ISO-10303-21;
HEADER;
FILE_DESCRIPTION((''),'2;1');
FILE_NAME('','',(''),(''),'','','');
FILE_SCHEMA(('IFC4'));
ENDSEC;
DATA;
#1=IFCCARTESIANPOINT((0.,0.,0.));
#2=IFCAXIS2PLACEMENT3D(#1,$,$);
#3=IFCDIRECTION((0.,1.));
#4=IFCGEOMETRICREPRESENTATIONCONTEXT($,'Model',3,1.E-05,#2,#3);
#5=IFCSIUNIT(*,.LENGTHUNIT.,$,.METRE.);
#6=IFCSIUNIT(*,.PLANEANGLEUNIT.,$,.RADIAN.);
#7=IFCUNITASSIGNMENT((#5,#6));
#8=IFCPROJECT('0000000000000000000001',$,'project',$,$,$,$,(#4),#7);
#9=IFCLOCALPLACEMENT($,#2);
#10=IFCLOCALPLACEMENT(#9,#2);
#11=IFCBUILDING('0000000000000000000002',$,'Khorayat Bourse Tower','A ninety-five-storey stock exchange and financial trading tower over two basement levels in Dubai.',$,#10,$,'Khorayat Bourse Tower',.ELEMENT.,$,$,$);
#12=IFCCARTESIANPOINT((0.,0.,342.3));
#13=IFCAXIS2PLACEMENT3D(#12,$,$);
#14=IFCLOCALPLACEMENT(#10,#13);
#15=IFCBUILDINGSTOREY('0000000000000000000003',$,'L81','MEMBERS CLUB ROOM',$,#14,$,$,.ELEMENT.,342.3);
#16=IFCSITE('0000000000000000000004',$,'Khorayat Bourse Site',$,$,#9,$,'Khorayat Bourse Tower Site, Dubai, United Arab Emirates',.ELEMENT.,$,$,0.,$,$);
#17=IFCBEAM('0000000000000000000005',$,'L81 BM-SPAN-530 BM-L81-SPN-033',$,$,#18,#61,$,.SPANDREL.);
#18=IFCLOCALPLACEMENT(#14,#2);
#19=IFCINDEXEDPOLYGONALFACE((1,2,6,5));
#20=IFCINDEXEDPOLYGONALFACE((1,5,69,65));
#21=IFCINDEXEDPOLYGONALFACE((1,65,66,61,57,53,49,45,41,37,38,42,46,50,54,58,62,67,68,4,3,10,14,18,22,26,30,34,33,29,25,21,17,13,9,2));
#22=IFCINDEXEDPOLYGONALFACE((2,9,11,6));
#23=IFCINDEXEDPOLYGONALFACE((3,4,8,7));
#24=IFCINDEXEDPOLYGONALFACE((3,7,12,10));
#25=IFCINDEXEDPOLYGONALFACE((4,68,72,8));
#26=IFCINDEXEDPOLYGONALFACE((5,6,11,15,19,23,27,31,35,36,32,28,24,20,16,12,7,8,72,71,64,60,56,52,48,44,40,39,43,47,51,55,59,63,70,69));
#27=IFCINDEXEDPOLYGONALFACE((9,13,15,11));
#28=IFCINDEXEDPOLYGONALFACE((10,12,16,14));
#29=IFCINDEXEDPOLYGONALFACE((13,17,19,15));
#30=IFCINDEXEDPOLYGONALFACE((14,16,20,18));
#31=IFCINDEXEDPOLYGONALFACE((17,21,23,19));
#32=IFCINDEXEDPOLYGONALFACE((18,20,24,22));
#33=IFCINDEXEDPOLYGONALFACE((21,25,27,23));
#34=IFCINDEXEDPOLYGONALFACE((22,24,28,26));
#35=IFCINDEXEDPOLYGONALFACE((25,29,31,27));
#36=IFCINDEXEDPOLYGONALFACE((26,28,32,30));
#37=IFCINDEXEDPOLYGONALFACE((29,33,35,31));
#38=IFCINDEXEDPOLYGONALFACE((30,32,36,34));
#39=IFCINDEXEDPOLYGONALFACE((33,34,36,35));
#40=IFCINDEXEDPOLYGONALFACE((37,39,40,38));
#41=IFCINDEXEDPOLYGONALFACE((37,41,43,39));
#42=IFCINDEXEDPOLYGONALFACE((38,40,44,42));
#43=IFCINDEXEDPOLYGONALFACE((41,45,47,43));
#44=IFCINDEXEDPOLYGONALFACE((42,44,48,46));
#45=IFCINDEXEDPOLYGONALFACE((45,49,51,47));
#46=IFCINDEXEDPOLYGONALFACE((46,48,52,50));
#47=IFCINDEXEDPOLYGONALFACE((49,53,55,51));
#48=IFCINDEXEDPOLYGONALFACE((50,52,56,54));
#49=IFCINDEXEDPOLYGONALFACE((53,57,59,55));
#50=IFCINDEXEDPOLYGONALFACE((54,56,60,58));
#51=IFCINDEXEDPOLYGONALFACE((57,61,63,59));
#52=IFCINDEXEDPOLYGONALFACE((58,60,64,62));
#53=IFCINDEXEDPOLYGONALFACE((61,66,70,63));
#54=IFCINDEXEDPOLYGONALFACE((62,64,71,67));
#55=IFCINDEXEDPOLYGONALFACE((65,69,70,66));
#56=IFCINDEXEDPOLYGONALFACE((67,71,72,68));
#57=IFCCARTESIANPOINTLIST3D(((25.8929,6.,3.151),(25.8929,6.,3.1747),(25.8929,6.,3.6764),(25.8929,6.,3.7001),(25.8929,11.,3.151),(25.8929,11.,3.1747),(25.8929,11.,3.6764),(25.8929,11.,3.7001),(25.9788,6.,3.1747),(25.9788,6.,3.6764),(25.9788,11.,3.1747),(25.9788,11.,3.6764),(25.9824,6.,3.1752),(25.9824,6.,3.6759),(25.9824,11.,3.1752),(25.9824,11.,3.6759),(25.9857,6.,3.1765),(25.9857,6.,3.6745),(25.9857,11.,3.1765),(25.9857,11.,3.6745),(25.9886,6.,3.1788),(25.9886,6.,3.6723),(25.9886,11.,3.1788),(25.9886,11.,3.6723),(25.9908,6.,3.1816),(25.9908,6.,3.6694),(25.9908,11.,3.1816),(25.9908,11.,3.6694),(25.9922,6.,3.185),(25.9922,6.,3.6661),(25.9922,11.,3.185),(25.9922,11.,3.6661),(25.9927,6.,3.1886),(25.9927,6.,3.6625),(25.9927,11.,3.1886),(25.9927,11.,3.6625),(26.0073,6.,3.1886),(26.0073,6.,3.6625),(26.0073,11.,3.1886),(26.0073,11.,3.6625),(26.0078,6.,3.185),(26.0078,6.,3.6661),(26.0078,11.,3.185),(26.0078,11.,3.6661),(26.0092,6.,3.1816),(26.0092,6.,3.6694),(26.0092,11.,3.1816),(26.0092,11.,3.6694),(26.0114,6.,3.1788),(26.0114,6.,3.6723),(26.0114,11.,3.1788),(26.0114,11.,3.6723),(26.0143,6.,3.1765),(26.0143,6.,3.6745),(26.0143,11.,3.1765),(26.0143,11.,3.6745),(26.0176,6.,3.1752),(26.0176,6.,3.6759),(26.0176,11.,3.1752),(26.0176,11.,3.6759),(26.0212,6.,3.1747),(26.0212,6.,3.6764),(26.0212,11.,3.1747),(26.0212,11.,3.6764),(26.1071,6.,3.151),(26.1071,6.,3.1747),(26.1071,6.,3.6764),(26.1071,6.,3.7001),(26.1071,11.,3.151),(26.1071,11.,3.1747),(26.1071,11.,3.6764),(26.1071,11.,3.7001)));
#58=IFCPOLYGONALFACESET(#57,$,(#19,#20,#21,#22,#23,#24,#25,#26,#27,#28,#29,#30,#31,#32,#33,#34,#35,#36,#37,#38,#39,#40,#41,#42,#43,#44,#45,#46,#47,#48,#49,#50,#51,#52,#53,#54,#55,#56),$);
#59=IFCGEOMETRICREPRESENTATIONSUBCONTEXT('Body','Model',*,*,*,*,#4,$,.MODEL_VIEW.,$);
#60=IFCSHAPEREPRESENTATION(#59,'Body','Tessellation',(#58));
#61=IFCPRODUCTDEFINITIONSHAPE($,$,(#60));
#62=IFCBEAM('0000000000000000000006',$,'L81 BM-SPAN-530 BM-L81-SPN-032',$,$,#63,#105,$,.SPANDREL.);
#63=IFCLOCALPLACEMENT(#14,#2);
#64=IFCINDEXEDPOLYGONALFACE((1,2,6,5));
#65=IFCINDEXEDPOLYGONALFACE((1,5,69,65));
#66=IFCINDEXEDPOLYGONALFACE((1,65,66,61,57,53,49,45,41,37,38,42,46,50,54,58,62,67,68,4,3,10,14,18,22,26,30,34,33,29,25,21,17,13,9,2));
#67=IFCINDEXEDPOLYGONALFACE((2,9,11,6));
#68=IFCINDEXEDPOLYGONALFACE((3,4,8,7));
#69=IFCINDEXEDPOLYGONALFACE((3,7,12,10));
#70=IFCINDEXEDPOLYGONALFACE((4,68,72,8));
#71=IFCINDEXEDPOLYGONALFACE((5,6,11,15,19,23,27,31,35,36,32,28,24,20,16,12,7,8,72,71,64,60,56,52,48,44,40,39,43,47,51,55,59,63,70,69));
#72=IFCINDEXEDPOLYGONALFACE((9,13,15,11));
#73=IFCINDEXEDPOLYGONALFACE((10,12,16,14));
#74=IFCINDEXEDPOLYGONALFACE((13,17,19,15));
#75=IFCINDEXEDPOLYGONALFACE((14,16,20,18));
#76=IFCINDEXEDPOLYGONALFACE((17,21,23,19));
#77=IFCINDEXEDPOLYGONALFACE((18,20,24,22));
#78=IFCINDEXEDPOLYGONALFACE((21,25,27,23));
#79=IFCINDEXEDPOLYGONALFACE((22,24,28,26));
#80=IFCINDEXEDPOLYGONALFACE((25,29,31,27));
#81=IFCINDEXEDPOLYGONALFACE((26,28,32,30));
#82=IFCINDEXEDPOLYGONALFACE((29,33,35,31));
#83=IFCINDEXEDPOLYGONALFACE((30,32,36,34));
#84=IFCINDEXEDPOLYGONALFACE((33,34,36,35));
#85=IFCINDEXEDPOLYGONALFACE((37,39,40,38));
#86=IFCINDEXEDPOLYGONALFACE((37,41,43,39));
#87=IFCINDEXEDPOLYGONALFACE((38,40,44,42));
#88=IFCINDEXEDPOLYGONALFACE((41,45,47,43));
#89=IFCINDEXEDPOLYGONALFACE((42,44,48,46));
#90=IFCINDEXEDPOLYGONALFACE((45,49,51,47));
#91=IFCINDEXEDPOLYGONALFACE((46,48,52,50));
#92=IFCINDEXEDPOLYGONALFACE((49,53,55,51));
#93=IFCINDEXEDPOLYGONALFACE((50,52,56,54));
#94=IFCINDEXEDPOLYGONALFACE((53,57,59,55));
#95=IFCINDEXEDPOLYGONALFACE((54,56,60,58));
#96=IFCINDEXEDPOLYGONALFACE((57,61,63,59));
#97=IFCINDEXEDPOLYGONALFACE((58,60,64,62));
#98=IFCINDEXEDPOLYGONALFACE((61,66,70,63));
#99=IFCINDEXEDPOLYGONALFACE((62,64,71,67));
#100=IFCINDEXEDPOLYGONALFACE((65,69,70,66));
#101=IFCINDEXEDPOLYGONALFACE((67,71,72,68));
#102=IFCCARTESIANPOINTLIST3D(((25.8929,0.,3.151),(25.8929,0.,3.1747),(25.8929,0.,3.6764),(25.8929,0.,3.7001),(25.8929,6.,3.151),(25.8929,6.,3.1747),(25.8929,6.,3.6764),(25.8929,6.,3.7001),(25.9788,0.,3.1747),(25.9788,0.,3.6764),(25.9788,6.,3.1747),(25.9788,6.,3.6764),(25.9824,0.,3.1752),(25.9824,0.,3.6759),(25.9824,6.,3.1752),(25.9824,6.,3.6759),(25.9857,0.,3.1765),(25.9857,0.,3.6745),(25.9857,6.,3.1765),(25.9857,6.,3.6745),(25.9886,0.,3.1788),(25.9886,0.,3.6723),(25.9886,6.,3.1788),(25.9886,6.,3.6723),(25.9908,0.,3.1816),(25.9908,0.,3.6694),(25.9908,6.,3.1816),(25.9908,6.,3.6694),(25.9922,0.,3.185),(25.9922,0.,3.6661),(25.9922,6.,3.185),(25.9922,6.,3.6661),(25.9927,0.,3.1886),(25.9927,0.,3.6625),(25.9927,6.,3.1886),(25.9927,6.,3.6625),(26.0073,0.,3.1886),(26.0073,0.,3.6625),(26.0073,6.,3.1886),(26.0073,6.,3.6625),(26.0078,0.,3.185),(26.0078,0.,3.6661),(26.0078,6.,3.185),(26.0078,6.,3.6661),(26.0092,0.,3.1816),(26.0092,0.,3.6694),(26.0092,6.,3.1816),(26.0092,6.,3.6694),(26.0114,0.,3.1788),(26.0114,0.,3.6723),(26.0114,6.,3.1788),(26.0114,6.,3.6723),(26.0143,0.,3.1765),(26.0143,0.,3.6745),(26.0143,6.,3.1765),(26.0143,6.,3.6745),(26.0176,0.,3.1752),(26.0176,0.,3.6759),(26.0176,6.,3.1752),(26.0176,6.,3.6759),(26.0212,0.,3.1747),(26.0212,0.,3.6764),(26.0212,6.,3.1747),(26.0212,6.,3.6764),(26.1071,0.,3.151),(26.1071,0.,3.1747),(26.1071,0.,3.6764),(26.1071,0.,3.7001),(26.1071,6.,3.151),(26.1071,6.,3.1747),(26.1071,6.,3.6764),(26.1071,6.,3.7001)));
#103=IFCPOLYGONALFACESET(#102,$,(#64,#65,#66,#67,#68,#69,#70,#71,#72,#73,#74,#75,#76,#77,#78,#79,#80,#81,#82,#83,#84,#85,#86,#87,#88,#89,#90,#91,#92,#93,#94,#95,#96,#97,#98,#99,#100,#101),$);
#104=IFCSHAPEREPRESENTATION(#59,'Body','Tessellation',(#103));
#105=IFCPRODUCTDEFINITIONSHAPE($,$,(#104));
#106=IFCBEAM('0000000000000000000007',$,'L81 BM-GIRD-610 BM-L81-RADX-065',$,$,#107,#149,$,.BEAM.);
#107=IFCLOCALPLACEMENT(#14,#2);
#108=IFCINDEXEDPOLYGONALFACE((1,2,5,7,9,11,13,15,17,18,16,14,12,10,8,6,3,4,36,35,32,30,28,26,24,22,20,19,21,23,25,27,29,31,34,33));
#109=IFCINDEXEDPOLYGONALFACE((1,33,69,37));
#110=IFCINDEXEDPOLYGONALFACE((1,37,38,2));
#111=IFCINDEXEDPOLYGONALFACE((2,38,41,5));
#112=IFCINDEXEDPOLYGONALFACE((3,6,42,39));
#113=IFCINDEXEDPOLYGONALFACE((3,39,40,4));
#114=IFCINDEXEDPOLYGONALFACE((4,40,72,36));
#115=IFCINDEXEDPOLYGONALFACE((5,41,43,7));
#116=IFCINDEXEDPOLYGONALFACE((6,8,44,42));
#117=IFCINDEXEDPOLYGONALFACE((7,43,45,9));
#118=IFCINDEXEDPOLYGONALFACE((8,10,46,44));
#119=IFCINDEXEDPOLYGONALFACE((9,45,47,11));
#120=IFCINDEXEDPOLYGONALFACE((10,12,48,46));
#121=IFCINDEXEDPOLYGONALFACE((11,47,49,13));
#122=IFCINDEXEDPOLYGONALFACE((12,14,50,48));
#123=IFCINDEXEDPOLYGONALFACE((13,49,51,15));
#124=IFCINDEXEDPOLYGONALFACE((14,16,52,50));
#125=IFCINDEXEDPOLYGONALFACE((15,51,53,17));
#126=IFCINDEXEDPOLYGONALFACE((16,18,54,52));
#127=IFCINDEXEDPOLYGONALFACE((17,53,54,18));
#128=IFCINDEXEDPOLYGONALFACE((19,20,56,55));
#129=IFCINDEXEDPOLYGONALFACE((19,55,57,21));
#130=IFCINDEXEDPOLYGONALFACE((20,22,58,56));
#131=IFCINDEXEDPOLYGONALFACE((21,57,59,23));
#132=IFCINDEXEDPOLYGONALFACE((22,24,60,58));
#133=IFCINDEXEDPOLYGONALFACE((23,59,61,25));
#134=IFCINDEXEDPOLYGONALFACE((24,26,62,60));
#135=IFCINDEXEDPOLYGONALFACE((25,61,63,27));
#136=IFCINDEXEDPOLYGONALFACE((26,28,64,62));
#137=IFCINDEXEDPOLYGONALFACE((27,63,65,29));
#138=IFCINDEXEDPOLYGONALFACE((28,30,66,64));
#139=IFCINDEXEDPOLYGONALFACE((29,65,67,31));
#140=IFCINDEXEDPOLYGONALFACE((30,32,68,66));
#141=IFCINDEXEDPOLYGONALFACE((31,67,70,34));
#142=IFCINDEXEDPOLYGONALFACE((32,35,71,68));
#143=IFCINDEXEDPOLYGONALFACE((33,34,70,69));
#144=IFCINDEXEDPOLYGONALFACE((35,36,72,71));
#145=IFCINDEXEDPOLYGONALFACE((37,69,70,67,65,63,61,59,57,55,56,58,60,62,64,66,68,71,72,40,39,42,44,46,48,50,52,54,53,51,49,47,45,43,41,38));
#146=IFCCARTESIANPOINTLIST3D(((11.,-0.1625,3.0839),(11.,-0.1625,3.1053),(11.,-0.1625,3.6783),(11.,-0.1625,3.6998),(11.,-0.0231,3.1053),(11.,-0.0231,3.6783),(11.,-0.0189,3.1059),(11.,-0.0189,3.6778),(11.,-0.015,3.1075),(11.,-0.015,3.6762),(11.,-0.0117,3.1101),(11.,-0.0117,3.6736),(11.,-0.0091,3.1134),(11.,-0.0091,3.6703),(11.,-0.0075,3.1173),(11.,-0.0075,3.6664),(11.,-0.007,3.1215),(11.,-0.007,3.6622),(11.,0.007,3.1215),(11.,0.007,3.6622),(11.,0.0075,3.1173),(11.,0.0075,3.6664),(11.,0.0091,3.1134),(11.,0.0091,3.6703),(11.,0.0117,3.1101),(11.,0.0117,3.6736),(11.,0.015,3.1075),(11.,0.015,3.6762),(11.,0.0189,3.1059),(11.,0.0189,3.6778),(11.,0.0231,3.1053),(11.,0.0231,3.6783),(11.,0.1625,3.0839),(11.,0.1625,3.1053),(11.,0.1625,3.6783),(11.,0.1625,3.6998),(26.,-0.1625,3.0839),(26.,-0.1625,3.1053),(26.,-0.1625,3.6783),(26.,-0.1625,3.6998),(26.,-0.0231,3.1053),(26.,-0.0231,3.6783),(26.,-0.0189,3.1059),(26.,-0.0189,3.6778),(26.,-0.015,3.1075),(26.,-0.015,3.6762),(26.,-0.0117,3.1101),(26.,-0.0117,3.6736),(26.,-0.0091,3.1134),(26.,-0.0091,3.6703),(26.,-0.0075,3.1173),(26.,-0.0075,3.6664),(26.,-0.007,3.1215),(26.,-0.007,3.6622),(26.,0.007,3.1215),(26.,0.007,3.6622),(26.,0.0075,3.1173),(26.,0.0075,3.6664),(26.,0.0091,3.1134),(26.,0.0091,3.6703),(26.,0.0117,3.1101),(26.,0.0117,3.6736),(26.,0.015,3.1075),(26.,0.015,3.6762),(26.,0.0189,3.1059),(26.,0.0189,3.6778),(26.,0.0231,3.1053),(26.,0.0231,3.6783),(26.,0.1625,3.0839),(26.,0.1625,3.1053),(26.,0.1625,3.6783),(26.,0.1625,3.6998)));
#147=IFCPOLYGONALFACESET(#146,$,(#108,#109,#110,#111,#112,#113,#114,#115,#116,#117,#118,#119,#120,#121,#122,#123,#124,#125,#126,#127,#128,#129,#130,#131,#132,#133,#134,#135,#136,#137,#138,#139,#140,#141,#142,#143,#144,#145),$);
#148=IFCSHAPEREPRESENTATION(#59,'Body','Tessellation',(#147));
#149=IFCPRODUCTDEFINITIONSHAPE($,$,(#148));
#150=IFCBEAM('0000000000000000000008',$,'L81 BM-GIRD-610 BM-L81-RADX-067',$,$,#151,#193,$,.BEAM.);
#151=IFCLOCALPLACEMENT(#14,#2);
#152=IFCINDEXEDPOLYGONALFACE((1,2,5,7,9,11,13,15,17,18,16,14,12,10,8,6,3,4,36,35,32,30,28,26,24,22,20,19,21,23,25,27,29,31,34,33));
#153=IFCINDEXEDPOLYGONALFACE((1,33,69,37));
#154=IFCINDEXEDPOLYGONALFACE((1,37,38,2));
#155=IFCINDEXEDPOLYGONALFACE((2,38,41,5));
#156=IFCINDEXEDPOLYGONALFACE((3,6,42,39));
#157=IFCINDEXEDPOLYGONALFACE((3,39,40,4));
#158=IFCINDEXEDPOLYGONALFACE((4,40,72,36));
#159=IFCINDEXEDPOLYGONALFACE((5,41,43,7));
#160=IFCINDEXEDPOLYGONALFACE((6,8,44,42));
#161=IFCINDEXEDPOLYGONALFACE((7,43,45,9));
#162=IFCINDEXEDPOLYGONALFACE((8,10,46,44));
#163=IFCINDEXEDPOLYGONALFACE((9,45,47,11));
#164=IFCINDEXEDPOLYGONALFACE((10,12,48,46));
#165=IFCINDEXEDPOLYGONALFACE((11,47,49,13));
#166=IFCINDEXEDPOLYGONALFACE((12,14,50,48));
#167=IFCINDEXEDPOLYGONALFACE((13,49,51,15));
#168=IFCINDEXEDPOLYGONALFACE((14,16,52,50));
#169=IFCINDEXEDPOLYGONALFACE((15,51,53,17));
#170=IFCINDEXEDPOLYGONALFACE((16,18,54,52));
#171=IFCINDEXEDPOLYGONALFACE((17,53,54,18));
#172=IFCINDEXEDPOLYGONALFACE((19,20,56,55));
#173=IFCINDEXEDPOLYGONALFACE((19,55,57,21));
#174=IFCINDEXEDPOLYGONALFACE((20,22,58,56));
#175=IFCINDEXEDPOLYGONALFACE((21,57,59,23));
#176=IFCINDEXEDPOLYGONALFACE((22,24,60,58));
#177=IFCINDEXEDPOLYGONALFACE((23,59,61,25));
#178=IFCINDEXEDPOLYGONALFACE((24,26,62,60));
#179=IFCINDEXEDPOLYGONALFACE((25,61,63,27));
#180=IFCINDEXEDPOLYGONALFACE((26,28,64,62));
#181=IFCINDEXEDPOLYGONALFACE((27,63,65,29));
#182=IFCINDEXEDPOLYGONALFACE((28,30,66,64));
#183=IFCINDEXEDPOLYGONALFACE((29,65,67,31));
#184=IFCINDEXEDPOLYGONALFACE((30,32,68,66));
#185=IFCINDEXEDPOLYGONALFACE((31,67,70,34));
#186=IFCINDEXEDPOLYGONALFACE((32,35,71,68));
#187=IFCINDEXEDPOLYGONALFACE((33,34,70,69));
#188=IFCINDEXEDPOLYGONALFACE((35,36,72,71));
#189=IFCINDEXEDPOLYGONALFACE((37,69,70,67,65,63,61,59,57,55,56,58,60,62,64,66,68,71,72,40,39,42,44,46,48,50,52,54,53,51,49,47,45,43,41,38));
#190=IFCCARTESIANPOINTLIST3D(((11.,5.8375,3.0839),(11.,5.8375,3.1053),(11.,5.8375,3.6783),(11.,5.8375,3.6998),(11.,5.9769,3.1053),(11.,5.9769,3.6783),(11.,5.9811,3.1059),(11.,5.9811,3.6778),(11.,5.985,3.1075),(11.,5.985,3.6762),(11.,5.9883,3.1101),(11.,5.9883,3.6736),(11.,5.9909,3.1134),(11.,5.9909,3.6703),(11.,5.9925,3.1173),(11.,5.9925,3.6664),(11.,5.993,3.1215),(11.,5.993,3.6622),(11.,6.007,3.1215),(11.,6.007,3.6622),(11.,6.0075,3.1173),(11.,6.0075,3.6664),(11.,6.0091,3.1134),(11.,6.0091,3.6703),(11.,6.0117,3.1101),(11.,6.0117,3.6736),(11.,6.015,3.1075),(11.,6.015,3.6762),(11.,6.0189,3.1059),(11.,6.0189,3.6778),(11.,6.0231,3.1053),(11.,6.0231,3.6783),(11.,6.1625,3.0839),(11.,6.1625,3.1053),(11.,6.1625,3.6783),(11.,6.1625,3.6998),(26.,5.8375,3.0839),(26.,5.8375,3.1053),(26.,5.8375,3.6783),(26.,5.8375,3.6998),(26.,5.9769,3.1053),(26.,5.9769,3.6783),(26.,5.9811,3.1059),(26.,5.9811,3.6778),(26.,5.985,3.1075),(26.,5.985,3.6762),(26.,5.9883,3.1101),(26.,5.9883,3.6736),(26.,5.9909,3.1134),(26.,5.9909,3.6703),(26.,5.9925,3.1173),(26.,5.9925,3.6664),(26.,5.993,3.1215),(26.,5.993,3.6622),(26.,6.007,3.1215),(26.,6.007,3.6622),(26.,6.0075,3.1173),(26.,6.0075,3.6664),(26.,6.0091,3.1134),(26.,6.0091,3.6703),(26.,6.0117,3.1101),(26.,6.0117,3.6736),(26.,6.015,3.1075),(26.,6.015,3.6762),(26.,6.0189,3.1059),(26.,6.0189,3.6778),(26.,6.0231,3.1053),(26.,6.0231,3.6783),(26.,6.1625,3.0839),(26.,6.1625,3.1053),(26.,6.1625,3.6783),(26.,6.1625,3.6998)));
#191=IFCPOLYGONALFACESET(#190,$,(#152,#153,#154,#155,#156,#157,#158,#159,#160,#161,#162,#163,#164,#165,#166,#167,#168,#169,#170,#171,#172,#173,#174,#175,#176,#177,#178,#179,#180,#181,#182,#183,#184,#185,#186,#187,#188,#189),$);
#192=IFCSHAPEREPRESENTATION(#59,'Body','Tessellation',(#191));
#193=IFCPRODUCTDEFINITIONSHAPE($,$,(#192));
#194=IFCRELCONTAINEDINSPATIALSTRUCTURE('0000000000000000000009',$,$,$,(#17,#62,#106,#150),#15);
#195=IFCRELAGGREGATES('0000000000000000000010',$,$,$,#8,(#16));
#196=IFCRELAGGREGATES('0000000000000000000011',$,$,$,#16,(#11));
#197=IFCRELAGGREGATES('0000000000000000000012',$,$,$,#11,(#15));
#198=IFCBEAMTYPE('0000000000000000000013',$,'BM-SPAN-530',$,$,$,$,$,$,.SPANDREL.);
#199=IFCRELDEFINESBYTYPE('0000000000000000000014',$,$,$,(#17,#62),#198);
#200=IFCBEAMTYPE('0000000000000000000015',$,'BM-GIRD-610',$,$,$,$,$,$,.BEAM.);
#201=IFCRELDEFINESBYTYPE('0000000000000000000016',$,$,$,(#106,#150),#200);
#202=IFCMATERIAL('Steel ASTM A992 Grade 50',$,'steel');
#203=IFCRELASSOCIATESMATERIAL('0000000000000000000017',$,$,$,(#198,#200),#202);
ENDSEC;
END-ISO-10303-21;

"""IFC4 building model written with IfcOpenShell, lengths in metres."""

from ifc_helpers import new_model, si_unit, direction, frame, origin, origin_2d, place, context, subcontext, project, spatial, i_section, extrude, source, transform, mapped, material, material_profile, profile_set, type_object, element, save


model = new_model("IFC4")

# Units and contexts
model_context = context("Model", 3, precision=1e-05, world=origin(), true_north=direction((0.0, 1.0)))
body_context = subcontext(model_context, "Body", "Model", "MODEL_VIEW")
ifc_project = project(units=[si_unit("LENGTHUNIT", "METRE"), si_unit("PLANEANGLEUNIT", "RADIAN")], contexts=[model_context])

# Site, building, storey
site_placement = place(None, origin())
site = spatial("IfcSite", under=ifc_project, at=site_placement, Name="Khorayat Bourse Site", LongName="Khorayat Bourse Tower Site, Dubai, United Arab Emirates", CompositionType="ELEMENT", RefElevation=0.0)
building_placement = place(site_placement, origin())
building = spatial("IfcBuilding", under=site, at=building_placement, Name="Khorayat Bourse Tower", Description="A ninety-five-storey stock exchange and financial trading tower over two basement levels in Dubai.", LongName="Khorayat Bourse Tower", CompositionType="ELEMENT")
storey_placement = place(building_placement, frame((0.0, 0.0, 342.3)))
storey = spatial("IfcBuildingStorey", under=building, at=storey_placement, Name="L81", Description="MEMBERS CLUB ROOM", CompositionType="ELEMENT", Elevation=342.3)

# Beams
ifc_material_1 = material(Name="Steel ASTM A992 Grade 50", Category="steel")
ifc_material_profile_1 = material_profile(ifc_material_1, i_section(OverallWidth=0.2141, OverallDepth=0.5491, WebThickness=0.0146, FlangeThickness=0.0237, FilletRadius=0.0139, at=origin_2d()), Name="W530X138")
ifc_profile_set_1 = profile_set([ifc_material_profile_1], Name="Steel ASTM A992 Grade 50")
beam_type_1 = type_object("IfcBeamType", Name="BM-SPAN-530", PredefinedType="SPANDREL", material=ifc_profile_set_1)
shared_shape_1 = source(origin(), body_context, "Body", "SweptSolid", [
    extrude(i_section(OverallWidth=0.2141, OverallDepth=0.5491, WebThickness=0.0146, FlangeThickness=0.0237, FilletRadius=0.0139, at=origin_2d()), origin(), (0.0, 0.0, 1.0), 5.0),
])
beam_1_placement = place(storey_placement, frame((26.0, 6.0, 3.4255), z_axis=(0.0, 1.0, 0.0), x_axis=(-1.0, 0.0, 0.0)))
element("IfcBeam", 1, at=beam_1_placement, inside=storey, type_object=beam_type_1, Name="L81 BM-SPAN-530 BM-L81-SPN-033", PredefinedType="SPANDREL", context=body_context, shape_type="MappedRepresentation", body=[
    mapped(shared_shape_1, transform((0.0, 0.0, 0.0), scale=1.0)),
])
shared_shape_2 = source(origin(), body_context, "Body", "SweptSolid", [
    extrude(i_section(OverallWidth=0.2141, OverallDepth=0.5491, WebThickness=0.0146, FlangeThickness=0.0237, FilletRadius=0.0139, at=origin_2d()), origin(), (0.0, 0.0, 1.0), 6.0),
])
beam_2_placement = place(storey_placement, frame((26.0, 0.0, 3.4255), z_axis=(0.0, 1.0, 0.0), x_axis=(-1.0, 0.0, 0.0)))
element("IfcBeam", 2, at=beam_2_placement, inside=storey, type_object=beam_type_1, Name="L81 BM-SPAN-530 BM-L81-SPN-032", PredefinedType="SPANDREL", context=body_context, shape_type="MappedRepresentation", body=[
    mapped(shared_shape_2, transform((0.0, 0.0, 0.0), scale=1.0)),
])
ifc_material_profile_2 = material_profile(ifc_material_1, i_section(OverallWidth=0.325, OverallDepth=0.616, WebThickness=0.0139, FlangeThickness=0.0215, FilletRadius=0.0161, at=origin_2d()), Name="W610X174")
ifc_profile_set_2 = profile_set([ifc_material_profile_2], Name="Steel ASTM A992 Grade 50")
beam_type_2 = type_object("IfcBeamType", Name="BM-GIRD-610", PredefinedType="BEAM", material=ifc_profile_set_2)
shared_shape_3 = source(origin(), body_context, "Body", "SweptSolid", [
    extrude(i_section(OverallWidth=0.325, OverallDepth=0.616, WebThickness=0.0139, FlangeThickness=0.0215, FilletRadius=0.0161, at=origin_2d()), origin(), (0.0, 0.0, 1.0), 15.0),
])
for number, where, z_axis, x_axis, name in (
    (3, (11.0, 0.0, 3.3918), (1.0, 0.0, 0.0), (0.0, 1.0, 0.0), "L81 BM-GIRD-610 BM-L81-RADX-065"),
    (4, (11.0, 6.0, 3.3918), (1.0, 0.0, 0.0), (0.0, 1.0, 0.0), "L81 BM-GIRD-610 BM-L81-RADX-067"),
):
    element("IfcBeam", number, at=place(storey_placement, frame(where, z_axis=z_axis, x_axis=x_axis)), inside=storey, type_object=beam_type_2, Name=name, PredefinedType="BEAM", context=body_context, shape_type="MappedRepresentation", body=[
        mapped(shared_shape_3, transform((0.0, 0.0, 0.0), scale=1.0)),
    ])

save(model, "model.ifc")
